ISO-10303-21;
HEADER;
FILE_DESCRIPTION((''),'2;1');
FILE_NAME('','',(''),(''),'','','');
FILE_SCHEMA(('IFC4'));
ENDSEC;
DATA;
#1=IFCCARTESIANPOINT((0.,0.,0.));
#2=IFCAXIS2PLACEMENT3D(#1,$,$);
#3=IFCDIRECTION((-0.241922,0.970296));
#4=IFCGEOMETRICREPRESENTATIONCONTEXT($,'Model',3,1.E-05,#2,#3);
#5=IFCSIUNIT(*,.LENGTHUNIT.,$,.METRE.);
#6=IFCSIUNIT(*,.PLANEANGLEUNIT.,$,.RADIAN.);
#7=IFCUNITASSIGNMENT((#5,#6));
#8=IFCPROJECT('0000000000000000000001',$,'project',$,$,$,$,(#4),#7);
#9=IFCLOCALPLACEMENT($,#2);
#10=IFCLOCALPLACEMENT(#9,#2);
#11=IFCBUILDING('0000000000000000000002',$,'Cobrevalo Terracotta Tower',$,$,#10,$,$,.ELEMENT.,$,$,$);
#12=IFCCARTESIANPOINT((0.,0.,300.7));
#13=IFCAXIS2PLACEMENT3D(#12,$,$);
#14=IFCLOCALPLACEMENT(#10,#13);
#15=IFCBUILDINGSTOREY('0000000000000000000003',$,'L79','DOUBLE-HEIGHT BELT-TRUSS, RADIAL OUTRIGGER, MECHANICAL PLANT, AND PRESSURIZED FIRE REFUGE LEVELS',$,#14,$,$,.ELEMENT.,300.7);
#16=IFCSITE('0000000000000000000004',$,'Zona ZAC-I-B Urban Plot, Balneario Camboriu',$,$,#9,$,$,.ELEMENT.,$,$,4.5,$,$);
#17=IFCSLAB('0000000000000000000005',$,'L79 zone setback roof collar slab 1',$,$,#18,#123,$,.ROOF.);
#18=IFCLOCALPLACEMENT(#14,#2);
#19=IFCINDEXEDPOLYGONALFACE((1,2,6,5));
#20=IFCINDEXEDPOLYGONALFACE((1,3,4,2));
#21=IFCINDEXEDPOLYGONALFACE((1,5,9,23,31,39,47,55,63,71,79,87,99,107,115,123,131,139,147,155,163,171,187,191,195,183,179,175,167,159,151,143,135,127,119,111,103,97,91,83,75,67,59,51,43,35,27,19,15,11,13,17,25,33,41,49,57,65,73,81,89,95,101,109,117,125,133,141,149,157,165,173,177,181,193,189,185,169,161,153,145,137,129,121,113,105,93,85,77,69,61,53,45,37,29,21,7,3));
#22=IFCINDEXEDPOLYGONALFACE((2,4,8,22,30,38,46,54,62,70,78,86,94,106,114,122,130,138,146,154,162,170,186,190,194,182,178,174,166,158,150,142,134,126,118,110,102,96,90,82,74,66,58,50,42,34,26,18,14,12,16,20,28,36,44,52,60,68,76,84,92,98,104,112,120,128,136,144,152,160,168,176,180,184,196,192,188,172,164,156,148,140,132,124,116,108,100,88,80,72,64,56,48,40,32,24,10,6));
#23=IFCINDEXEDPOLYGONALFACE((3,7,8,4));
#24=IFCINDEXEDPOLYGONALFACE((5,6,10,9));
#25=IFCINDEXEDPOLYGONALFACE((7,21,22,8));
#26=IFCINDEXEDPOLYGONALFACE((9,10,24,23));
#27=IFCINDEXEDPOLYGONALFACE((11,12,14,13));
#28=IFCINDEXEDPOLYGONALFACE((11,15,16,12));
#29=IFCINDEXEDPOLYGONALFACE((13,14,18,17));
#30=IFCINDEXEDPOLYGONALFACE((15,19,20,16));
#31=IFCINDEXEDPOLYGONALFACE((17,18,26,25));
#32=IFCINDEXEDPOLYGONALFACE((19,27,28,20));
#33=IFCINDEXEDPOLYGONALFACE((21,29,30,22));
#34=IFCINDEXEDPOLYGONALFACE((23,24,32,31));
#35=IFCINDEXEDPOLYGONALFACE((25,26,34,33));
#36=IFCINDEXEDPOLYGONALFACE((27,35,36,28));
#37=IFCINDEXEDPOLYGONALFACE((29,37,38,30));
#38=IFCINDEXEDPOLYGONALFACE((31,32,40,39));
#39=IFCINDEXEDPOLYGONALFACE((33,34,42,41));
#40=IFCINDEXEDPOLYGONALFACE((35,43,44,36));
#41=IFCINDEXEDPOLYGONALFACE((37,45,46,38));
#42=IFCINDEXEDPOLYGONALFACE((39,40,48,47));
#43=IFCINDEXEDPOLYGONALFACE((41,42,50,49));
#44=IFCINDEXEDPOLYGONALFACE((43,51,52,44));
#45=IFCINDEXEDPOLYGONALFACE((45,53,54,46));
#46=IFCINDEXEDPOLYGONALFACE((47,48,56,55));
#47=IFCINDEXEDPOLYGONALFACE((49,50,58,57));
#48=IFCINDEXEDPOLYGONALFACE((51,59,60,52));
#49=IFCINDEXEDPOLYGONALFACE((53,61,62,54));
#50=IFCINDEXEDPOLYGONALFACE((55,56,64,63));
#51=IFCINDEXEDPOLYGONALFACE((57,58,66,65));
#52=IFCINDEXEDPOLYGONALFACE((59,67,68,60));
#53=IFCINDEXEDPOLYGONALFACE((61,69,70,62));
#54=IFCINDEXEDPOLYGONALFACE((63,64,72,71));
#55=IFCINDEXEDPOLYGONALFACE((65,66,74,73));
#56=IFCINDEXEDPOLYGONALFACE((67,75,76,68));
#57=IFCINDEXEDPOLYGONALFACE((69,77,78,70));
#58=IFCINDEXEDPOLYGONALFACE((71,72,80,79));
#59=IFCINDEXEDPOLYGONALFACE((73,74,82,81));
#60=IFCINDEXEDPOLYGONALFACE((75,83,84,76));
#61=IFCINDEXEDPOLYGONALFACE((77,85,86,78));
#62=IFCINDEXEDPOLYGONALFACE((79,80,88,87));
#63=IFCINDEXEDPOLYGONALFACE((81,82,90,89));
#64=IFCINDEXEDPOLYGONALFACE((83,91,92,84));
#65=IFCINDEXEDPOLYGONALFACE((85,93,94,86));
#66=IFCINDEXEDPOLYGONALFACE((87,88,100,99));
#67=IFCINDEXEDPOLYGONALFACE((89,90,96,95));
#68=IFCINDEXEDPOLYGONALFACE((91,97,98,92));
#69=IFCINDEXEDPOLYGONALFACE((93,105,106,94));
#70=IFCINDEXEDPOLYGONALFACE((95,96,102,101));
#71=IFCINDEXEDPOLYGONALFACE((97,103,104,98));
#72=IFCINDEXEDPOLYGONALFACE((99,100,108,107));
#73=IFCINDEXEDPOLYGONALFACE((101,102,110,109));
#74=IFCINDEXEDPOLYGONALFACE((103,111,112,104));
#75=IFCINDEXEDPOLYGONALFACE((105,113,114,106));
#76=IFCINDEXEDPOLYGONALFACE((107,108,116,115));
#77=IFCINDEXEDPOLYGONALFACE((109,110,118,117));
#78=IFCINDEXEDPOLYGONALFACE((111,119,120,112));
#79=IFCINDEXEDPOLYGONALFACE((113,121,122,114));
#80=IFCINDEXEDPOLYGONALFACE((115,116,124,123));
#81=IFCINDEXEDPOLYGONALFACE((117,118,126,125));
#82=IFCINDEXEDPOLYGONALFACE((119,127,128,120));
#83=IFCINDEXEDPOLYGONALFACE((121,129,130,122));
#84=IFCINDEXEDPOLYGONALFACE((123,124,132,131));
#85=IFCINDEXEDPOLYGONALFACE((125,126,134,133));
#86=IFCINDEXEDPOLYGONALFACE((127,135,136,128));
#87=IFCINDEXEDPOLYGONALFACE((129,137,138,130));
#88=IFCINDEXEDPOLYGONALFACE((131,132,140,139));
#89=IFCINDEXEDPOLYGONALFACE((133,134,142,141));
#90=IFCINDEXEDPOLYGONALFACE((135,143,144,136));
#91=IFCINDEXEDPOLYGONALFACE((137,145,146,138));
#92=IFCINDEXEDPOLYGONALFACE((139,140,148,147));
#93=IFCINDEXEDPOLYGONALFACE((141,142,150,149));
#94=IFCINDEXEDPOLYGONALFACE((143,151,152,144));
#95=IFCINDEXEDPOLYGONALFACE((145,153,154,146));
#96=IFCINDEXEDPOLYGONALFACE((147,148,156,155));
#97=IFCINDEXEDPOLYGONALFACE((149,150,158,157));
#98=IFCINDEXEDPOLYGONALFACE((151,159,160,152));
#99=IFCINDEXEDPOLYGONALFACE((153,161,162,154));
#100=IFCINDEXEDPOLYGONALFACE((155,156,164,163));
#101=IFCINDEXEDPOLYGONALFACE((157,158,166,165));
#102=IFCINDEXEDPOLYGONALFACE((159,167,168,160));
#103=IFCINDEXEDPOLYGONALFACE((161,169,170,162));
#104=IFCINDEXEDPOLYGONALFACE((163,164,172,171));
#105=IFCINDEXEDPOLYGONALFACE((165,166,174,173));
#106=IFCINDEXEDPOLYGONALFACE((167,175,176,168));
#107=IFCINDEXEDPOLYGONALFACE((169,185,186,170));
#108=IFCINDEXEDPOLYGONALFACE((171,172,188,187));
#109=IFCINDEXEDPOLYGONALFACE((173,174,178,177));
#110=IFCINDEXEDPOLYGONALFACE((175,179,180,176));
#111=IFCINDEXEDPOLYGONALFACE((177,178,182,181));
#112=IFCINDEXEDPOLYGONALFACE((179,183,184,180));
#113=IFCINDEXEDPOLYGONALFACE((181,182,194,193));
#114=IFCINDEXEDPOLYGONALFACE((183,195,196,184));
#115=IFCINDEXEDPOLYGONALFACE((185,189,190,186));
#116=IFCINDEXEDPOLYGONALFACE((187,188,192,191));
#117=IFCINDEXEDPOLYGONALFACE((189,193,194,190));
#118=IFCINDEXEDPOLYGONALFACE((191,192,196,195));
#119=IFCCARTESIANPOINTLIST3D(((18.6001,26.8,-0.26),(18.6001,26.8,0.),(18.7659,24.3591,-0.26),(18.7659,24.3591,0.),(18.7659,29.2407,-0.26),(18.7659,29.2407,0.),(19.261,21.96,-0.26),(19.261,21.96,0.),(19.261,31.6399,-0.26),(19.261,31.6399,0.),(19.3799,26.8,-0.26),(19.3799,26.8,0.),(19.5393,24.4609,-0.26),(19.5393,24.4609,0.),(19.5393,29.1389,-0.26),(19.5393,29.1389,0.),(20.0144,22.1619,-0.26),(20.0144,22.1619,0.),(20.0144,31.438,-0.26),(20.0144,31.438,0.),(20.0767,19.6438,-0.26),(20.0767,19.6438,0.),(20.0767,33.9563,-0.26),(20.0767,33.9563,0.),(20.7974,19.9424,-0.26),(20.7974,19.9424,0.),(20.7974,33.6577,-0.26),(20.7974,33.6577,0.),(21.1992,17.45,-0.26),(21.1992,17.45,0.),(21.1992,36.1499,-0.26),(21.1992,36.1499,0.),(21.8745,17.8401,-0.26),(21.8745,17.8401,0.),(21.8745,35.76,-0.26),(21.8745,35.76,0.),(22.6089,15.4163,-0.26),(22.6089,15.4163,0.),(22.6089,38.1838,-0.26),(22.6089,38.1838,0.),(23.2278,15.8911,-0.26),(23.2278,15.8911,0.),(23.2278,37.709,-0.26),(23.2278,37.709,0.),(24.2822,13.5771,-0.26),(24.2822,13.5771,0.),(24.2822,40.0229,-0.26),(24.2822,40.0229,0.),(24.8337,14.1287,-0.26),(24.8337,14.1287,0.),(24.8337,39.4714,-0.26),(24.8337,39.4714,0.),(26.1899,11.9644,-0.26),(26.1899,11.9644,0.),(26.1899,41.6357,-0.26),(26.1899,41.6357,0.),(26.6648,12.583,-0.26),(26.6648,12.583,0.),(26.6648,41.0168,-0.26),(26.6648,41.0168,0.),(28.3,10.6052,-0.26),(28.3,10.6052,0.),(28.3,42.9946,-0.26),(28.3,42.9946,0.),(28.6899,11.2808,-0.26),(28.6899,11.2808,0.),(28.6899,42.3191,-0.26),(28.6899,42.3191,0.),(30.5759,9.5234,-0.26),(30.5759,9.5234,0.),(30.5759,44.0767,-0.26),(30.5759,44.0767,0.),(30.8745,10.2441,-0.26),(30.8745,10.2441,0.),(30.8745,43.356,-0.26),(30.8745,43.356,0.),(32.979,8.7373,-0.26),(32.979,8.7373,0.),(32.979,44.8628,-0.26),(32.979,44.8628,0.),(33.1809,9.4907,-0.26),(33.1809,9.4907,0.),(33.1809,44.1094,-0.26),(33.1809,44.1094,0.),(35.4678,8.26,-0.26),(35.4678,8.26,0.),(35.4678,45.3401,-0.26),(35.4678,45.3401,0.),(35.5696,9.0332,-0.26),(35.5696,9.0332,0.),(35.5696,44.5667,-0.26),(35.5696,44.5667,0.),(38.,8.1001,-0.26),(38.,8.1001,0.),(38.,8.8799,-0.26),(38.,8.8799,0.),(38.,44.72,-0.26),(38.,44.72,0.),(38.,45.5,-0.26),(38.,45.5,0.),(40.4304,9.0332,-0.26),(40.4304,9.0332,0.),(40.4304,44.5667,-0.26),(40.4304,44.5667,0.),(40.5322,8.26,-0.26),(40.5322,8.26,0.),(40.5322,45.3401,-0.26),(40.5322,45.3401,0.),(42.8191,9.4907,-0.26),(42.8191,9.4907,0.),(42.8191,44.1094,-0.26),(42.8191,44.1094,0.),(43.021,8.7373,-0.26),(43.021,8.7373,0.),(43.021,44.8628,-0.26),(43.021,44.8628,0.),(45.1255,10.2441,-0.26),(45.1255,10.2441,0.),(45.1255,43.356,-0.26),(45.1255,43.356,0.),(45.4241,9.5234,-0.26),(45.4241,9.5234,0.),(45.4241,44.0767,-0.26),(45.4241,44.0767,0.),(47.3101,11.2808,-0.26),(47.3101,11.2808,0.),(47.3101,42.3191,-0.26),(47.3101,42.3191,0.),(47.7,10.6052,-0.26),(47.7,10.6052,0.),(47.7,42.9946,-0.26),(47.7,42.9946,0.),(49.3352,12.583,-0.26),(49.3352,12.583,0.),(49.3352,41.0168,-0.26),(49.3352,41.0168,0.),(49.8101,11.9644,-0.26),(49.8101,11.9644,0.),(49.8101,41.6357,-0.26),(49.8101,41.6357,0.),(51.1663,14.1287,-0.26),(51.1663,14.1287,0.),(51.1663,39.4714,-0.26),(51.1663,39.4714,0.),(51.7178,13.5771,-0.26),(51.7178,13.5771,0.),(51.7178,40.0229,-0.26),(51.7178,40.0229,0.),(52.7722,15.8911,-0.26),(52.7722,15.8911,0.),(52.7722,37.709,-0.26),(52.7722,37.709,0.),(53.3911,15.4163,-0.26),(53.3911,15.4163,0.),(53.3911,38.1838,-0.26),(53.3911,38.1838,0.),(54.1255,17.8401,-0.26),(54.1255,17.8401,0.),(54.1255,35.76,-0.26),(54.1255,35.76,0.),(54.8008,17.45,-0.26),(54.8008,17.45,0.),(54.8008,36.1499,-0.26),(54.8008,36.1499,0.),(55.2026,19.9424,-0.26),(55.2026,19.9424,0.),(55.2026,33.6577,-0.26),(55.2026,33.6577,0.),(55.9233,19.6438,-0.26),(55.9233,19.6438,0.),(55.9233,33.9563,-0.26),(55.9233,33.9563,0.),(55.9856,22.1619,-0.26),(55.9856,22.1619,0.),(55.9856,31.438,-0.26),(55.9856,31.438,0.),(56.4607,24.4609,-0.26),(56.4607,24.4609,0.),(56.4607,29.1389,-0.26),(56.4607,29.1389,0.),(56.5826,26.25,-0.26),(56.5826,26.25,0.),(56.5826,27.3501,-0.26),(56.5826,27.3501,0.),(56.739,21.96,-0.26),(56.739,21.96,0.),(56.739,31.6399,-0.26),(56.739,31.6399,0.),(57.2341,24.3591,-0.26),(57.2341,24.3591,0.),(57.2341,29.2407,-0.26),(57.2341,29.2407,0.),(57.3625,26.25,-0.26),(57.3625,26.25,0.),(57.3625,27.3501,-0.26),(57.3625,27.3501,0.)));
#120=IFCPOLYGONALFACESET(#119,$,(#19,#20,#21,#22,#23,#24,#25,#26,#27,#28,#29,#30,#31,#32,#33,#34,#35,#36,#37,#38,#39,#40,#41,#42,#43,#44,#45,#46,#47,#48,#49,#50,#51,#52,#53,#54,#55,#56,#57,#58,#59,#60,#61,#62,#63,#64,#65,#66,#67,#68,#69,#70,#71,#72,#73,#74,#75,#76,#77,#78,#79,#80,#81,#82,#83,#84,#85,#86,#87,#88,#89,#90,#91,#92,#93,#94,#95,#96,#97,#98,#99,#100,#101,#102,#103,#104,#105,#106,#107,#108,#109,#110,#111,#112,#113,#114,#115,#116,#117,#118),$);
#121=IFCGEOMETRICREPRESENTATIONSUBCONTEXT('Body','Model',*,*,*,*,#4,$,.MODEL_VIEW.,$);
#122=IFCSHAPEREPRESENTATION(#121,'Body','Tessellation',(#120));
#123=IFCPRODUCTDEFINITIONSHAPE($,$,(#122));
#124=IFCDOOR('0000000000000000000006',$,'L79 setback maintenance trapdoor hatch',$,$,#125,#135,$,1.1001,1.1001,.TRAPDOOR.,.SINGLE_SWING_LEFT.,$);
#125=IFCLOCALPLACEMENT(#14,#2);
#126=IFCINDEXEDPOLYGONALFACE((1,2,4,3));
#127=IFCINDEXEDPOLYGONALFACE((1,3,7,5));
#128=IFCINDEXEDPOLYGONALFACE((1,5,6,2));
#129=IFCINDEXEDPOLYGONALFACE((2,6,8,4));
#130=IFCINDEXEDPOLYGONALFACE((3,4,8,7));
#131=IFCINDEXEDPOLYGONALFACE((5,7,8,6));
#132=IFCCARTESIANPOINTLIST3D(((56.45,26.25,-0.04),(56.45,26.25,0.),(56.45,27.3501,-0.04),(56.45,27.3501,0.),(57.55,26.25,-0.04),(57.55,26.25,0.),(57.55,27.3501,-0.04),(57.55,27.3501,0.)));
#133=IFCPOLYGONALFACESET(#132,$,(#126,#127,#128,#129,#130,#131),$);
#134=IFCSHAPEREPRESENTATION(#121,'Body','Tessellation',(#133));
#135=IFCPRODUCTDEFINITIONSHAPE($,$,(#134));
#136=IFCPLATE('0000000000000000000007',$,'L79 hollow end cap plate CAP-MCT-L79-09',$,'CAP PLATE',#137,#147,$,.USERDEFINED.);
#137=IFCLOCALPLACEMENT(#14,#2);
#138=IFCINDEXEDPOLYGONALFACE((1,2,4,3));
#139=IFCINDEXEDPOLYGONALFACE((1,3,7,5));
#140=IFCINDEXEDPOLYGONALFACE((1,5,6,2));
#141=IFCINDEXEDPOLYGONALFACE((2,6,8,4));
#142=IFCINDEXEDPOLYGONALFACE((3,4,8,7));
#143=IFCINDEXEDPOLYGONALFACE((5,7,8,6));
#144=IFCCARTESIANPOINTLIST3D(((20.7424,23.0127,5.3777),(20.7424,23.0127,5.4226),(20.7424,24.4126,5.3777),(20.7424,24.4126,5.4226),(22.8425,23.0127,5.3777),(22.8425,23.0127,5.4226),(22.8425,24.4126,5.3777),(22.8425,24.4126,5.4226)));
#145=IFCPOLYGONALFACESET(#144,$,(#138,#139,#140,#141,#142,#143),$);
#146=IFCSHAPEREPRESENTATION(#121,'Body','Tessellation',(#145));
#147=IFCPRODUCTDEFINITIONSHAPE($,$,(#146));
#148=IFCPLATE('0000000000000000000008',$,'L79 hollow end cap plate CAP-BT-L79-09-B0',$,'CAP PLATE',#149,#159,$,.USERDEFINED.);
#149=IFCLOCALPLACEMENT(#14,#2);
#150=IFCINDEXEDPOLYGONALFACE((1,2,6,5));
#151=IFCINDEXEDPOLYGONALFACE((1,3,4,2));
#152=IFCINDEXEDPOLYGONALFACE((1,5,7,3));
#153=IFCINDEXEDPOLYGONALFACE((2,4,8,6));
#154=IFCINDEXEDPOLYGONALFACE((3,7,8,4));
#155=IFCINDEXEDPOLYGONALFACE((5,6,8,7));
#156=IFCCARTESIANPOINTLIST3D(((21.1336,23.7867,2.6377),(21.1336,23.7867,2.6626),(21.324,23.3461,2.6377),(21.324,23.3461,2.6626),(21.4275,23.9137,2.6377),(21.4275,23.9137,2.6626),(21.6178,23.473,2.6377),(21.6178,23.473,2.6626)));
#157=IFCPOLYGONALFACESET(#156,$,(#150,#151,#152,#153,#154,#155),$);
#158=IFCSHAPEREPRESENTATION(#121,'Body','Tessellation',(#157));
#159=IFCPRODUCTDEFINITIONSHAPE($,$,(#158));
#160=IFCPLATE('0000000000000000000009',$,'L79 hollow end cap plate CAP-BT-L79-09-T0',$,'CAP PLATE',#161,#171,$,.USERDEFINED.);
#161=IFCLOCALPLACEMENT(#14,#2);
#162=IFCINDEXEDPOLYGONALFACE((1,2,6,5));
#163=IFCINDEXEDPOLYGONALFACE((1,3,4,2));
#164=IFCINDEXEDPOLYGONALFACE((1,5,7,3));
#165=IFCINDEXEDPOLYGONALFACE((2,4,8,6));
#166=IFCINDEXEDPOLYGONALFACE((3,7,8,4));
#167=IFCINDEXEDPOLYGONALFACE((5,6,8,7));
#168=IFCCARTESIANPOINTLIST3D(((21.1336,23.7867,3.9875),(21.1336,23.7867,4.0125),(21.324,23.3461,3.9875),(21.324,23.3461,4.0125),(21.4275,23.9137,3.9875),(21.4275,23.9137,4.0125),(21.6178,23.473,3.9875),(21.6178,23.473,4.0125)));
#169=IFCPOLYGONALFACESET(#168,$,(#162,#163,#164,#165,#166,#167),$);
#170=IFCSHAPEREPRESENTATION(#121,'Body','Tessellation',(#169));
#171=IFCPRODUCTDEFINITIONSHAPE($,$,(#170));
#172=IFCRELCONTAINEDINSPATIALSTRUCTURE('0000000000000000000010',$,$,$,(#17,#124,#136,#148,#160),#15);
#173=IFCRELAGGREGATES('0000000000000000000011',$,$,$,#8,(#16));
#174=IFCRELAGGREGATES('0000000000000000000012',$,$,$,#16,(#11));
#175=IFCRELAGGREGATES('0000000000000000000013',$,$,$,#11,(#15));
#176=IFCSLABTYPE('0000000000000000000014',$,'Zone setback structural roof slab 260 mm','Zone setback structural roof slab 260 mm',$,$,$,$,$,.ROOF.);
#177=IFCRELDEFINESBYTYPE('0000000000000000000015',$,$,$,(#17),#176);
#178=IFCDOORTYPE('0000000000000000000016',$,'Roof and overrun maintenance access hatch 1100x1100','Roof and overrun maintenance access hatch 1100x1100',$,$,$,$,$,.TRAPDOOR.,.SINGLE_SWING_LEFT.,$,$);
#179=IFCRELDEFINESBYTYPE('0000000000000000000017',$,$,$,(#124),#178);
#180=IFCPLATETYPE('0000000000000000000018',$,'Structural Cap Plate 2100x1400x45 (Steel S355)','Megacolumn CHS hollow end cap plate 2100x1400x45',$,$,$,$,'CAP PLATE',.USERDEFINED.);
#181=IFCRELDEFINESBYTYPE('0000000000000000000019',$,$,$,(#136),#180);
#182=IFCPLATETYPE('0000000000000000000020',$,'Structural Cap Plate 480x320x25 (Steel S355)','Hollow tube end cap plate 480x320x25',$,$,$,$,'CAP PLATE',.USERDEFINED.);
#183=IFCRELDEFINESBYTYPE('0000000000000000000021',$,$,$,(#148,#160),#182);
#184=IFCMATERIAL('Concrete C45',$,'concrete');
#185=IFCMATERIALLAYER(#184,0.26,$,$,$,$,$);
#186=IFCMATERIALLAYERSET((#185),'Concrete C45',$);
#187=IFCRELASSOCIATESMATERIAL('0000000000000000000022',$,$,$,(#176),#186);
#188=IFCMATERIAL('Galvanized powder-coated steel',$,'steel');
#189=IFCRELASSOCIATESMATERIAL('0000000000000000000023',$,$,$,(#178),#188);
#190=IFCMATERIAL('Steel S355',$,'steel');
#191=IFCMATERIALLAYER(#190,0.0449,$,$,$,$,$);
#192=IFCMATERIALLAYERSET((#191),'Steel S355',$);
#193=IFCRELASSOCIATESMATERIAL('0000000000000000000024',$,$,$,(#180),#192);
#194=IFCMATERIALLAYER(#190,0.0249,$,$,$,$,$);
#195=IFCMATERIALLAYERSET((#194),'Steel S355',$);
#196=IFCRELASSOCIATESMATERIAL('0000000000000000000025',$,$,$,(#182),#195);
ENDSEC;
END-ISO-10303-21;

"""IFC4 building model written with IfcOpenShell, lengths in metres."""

from ifc_helpers import new_model, si_unit, direction, frame, origin, origin_2d, place, context, subcontext, project, spatial, polyline, rectangle, outline, extrude, source, transform, mapped, material, layer, layer_set, type_object, element, fill, save


model = new_model("IFC4")

# Units and contexts
model_context = context("Model", 3, precision=1e-05, world=origin(), true_north=direction((-0.241922, 0.970296)))
body_context = subcontext(model_context, "Body", "Model", "MODEL_VIEW")
ifc_project = project(units=[si_unit("LENGTHUNIT", "METRE"), si_unit("PLANEANGLEUNIT", "RADIAN")], contexts=[model_context])

# Site, building, storey
site_placement = place(None, origin())
site = spatial("IfcSite", under=ifc_project, at=site_placement, Name="Zona ZAC-I-B Urban Plot, Balneario Camboriu", CompositionType="ELEMENT", RefElevation=4.5)
building_placement = place(site_placement, origin())
building = spatial("IfcBuilding", under=site, at=building_placement, Name="Cobrevalo Terracotta Tower", CompositionType="ELEMENT")
storey_placement = place(building_placement, frame((0.0, 0.0, 300.7)))
storey = spatial("IfcBuildingStorey", under=building, at=storey_placement, Name="L79", Description="DOUBLE-HEIGHT BELT-TRUSS, RADIAL OUTRIGGER, MECHANICAL PLANT, AND PRESSURIZED FIRE REFUGE LEVELS", CompositionType="ELEMENT", Elevation=300.7)

# Shared definitions
ifc_material_1 = material(Name="Steel S355", Category="steel")

# Slab, opening, door
ifc_material_2 = material(Name="Concrete C45", Category="concrete")
ifc_layer_1 = layer(ifc_material_2, 0.26)
ifc_layer_set_1 = layer_set([ifc_layer_1], Name="Concrete C45")
slab_type_1 = type_object("IfcSlabType", Name="Zone setback structural roof slab 260 mm", Description="Zone setback structural roof slab 260 mm", PredefinedType="ROOF", material=ifc_layer_set_1)
slab_1_placement = place(storey_placement, frame((0.0, 0.0, -0.26)))
slab_1 = element("IfcSlab", 1, at=slab_1_placement, inside=storey, type_object=slab_type_1, Name="L79 zone setback roof collar slab 1", PredefinedType="ROOF", context=body_context, shape_type="SweptSolid", body=[
    extrude(outline(polyline([(57.2341, 24.3591), (56.739, 21.96), (55.9233, 19.6438), (54.8008, 17.45), (53.3911, 15.4163), (51.7178, 13.5771), (49.8101, 11.9644), (47.7, 10.6052), (45.4241, 9.5234), (43.021, 8.7373), (40.5322, 8.26), (38.0, 8.1001), (35.4678, 8.26), (32.979, 8.7373), (30.5759, 9.5234), (28.3, 10.6052), (26.1899, 11.9644), (24.2822, 13.5771), (22.6089, 15.4163), (21.1992, 17.45), (20.0767, 19.6438), (19.261, 21.96), (18.7659, 24.3591), (18.6001, 26.8), (18.7659, 29.2407), (19.261, 31.6399), (20.0767, 33.9563), (21.1992, 36.1499), (22.6089, 38.1838), (24.2822, 40.0229), (26.1899, 41.6357), (28.3, 42.9946), (30.5759, 44.0767), (32.979, 44.8628), (35.4678, 45.3401), (38.0, 45.5), (40.5322, 45.3401), (43.021, 44.8628), (45.4241, 44.0767), (47.7, 42.9946), (49.8101, 41.6357), (51.7178, 40.0229), (53.3911, 38.1838), (54.8008, 36.1499), (55.9233, 33.9563), (56.739, 31.6399), (57.2341, 29.2407), (57.3999, 26.8), (57.2341, 24.3591)]), holes=[polyline([(56.4607, 29.1389), (55.9856, 31.438), (55.2026, 33.6577), (54.1255, 35.76), (52.7722, 37.709), (51.1663, 39.4714), (49.3352, 41.0168), (47.3101, 42.3191), (45.1255, 43.356), (42.8191, 44.1094), (40.4304, 44.5667), (38.0, 44.72), (35.5696, 44.5667), (33.1809, 44.1094), (30.8745, 43.356), (28.6899, 42.3191), (26.6648, 41.0168), (24.8337, 39.4714), (23.2278, 37.709), (21.8745, 35.76), (20.7974, 33.6577), (20.0144, 31.438), (19.5393, 29.1389), (19.3799, 26.8), (19.5393, 24.4609), (20.0144, 22.1619), (20.7974, 19.9424), (21.8745, 17.8401), (23.2278, 15.8911), (24.8337, 14.1287), (26.6648, 12.583), (28.6899, 11.2808), (30.8745, 10.2441), (33.1809, 9.4907), (35.5696, 9.0332), (38.0, 8.8799), (40.4304, 9.0332), (42.8191, 9.4907), (45.1255, 10.2441), (47.3101, 11.2808), (49.3352, 12.583), (51.1663, 14.1287), (52.7722, 15.8911), (54.1255, 17.8401), (55.2026, 19.9424), (55.9856, 22.1619), (56.4607, 24.4609), (56.6201, 26.8), (56.4607, 29.1389)])]), origin(), (0.0, 0.0, 1.0), 0.26),
])
opening_placement = place(slab_1_placement, frame((57.0, 26.8, 0.0)))
opening = element("IfcOpeningElement", 2, at=opening_placement, cuts=slab_1, PredefinedType="OPENING", context=body_context, shape_type="SweptSolid", body=[
    extrude(rectangle(XDim=1.1001, YDim=1.1001, at=origin_2d()), origin(), (0.0, 0.0, 1.0), 0.26),
])
ifc_material_3 = material(Name="Galvanized powder-coated steel", Category="steel")
door_type = type_object("IfcDoorType", Name="Roof and overrun maintenance access hatch 1100x1100", Description="Roof and overrun maintenance access hatch 1100x1100", OperationType="SINGLE_SWING_LEFT", PredefinedType="TRAPDOOR", material=ifc_material_3)
door_placement = place(opening_placement, frame((0.0, 0.0, 0.22)))
door = element("IfcDoor", 3, at=door_placement, inside=storey, type_object=door_type, Name="L79 setback maintenance trapdoor hatch", OperationType="SINGLE_SWING_LEFT", OverallHeight=1.1001, OverallWidth=1.1001, PredefinedType="TRAPDOOR", context=body_context, shape_type="SweptSolid", body=[
    extrude(rectangle(XDim=1.1001, YDim=1.1001, at=origin_2d()), origin(), (0.0, 0.0, 1.0), 0.04),
])
fill(opening, door)

# Plates
ifc_layer_2 = layer(ifc_material_1, 0.0449)
ifc_layer_set_2 = layer_set([ifc_layer_2], Name="Steel S355")
plate_type_1 = type_object("IfcPlateType", Name="Structural Cap Plate 2100x1400x45 (Steel S355)", Description="Megacolumn CHS hollow end cap plate 2100x1400x45", ElementType="CAP PLATE", PredefinedType="USERDEFINED", material=ifc_layer_set_2)
shared_shape_1 = source(origin(), body_context, "Body", "SweptSolid", [
    extrude(rectangle(XDim=2.1001, YDim=1.3999, at=origin_2d()), origin(), (0.0, 0.0, 1.0), 0.0449),
])
plate_1_placement = place(storey_placement, frame((21.7925, 23.7126, 5.3777), z_axis=(0.0, 0.0, 1.0), x_axis=(-1.0, 0.0, 0.0)))
element("IfcPlate", 4, at=plate_1_placement, inside=storey, type_object=plate_type_1, Name="L79 hollow end cap plate CAP-MCT-L79-09", ObjectType="CAP PLATE", PredefinedType="USERDEFINED", context=body_context, shape_type="MappedRepresentation", body=[
    mapped(shared_shape_1, transform((0.0, 0.0, 0.0), scale=1.0)),
])
ifc_layer_3 = layer(ifc_material_1, 0.0249)
ifc_layer_set_3 = layer_set([ifc_layer_3], Name="Steel S355")
plate_type_2 = type_object("IfcPlateType", Name="Structural Cap Plate 480x320x25 (Steel S355)", Description="Hollow tube end cap plate 480x320x25", ElementType="CAP PLATE", PredefinedType="USERDEFINED", material=ifc_layer_set_3)
shared_shape_2 = source(origin(), body_context, "Body", "SweptSolid", [
    extrude(rectangle(XDim=0.48, YDim=0.3201, at=origin_2d()), origin(), (0.0, 0.0, 1.0), 0.0249),
])
for number, where, z_axis, x_axis, name in (
    (5, (21.3757, 23.6299, 2.6377), (0.0, 0.0, 1.0), (0.396621, -0.917983, 0.0), "L79 hollow end cap plate CAP-BT-L79-09-B0"),
    (6, (21.3757, 23.6299, 3.9875), (0.0, 0.0, 1.0), (0.396621, -0.917983, 0.0), "L79 hollow end cap plate CAP-BT-L79-09-T0"),
):
    element("IfcPlate", number, at=place(storey_placement, frame(where, z_axis=z_axis, x_axis=x_axis)), inside=storey, type_object=plate_type_2, Name=name, ObjectType="CAP PLATE", PredefinedType="USERDEFINED", context=body_context, shape_type="MappedRepresentation", body=[
        mapped(shared_shape_2, transform((0.0, 0.0, 0.0), scale=1.0)),
    ])

save(model, "model.ifc")
